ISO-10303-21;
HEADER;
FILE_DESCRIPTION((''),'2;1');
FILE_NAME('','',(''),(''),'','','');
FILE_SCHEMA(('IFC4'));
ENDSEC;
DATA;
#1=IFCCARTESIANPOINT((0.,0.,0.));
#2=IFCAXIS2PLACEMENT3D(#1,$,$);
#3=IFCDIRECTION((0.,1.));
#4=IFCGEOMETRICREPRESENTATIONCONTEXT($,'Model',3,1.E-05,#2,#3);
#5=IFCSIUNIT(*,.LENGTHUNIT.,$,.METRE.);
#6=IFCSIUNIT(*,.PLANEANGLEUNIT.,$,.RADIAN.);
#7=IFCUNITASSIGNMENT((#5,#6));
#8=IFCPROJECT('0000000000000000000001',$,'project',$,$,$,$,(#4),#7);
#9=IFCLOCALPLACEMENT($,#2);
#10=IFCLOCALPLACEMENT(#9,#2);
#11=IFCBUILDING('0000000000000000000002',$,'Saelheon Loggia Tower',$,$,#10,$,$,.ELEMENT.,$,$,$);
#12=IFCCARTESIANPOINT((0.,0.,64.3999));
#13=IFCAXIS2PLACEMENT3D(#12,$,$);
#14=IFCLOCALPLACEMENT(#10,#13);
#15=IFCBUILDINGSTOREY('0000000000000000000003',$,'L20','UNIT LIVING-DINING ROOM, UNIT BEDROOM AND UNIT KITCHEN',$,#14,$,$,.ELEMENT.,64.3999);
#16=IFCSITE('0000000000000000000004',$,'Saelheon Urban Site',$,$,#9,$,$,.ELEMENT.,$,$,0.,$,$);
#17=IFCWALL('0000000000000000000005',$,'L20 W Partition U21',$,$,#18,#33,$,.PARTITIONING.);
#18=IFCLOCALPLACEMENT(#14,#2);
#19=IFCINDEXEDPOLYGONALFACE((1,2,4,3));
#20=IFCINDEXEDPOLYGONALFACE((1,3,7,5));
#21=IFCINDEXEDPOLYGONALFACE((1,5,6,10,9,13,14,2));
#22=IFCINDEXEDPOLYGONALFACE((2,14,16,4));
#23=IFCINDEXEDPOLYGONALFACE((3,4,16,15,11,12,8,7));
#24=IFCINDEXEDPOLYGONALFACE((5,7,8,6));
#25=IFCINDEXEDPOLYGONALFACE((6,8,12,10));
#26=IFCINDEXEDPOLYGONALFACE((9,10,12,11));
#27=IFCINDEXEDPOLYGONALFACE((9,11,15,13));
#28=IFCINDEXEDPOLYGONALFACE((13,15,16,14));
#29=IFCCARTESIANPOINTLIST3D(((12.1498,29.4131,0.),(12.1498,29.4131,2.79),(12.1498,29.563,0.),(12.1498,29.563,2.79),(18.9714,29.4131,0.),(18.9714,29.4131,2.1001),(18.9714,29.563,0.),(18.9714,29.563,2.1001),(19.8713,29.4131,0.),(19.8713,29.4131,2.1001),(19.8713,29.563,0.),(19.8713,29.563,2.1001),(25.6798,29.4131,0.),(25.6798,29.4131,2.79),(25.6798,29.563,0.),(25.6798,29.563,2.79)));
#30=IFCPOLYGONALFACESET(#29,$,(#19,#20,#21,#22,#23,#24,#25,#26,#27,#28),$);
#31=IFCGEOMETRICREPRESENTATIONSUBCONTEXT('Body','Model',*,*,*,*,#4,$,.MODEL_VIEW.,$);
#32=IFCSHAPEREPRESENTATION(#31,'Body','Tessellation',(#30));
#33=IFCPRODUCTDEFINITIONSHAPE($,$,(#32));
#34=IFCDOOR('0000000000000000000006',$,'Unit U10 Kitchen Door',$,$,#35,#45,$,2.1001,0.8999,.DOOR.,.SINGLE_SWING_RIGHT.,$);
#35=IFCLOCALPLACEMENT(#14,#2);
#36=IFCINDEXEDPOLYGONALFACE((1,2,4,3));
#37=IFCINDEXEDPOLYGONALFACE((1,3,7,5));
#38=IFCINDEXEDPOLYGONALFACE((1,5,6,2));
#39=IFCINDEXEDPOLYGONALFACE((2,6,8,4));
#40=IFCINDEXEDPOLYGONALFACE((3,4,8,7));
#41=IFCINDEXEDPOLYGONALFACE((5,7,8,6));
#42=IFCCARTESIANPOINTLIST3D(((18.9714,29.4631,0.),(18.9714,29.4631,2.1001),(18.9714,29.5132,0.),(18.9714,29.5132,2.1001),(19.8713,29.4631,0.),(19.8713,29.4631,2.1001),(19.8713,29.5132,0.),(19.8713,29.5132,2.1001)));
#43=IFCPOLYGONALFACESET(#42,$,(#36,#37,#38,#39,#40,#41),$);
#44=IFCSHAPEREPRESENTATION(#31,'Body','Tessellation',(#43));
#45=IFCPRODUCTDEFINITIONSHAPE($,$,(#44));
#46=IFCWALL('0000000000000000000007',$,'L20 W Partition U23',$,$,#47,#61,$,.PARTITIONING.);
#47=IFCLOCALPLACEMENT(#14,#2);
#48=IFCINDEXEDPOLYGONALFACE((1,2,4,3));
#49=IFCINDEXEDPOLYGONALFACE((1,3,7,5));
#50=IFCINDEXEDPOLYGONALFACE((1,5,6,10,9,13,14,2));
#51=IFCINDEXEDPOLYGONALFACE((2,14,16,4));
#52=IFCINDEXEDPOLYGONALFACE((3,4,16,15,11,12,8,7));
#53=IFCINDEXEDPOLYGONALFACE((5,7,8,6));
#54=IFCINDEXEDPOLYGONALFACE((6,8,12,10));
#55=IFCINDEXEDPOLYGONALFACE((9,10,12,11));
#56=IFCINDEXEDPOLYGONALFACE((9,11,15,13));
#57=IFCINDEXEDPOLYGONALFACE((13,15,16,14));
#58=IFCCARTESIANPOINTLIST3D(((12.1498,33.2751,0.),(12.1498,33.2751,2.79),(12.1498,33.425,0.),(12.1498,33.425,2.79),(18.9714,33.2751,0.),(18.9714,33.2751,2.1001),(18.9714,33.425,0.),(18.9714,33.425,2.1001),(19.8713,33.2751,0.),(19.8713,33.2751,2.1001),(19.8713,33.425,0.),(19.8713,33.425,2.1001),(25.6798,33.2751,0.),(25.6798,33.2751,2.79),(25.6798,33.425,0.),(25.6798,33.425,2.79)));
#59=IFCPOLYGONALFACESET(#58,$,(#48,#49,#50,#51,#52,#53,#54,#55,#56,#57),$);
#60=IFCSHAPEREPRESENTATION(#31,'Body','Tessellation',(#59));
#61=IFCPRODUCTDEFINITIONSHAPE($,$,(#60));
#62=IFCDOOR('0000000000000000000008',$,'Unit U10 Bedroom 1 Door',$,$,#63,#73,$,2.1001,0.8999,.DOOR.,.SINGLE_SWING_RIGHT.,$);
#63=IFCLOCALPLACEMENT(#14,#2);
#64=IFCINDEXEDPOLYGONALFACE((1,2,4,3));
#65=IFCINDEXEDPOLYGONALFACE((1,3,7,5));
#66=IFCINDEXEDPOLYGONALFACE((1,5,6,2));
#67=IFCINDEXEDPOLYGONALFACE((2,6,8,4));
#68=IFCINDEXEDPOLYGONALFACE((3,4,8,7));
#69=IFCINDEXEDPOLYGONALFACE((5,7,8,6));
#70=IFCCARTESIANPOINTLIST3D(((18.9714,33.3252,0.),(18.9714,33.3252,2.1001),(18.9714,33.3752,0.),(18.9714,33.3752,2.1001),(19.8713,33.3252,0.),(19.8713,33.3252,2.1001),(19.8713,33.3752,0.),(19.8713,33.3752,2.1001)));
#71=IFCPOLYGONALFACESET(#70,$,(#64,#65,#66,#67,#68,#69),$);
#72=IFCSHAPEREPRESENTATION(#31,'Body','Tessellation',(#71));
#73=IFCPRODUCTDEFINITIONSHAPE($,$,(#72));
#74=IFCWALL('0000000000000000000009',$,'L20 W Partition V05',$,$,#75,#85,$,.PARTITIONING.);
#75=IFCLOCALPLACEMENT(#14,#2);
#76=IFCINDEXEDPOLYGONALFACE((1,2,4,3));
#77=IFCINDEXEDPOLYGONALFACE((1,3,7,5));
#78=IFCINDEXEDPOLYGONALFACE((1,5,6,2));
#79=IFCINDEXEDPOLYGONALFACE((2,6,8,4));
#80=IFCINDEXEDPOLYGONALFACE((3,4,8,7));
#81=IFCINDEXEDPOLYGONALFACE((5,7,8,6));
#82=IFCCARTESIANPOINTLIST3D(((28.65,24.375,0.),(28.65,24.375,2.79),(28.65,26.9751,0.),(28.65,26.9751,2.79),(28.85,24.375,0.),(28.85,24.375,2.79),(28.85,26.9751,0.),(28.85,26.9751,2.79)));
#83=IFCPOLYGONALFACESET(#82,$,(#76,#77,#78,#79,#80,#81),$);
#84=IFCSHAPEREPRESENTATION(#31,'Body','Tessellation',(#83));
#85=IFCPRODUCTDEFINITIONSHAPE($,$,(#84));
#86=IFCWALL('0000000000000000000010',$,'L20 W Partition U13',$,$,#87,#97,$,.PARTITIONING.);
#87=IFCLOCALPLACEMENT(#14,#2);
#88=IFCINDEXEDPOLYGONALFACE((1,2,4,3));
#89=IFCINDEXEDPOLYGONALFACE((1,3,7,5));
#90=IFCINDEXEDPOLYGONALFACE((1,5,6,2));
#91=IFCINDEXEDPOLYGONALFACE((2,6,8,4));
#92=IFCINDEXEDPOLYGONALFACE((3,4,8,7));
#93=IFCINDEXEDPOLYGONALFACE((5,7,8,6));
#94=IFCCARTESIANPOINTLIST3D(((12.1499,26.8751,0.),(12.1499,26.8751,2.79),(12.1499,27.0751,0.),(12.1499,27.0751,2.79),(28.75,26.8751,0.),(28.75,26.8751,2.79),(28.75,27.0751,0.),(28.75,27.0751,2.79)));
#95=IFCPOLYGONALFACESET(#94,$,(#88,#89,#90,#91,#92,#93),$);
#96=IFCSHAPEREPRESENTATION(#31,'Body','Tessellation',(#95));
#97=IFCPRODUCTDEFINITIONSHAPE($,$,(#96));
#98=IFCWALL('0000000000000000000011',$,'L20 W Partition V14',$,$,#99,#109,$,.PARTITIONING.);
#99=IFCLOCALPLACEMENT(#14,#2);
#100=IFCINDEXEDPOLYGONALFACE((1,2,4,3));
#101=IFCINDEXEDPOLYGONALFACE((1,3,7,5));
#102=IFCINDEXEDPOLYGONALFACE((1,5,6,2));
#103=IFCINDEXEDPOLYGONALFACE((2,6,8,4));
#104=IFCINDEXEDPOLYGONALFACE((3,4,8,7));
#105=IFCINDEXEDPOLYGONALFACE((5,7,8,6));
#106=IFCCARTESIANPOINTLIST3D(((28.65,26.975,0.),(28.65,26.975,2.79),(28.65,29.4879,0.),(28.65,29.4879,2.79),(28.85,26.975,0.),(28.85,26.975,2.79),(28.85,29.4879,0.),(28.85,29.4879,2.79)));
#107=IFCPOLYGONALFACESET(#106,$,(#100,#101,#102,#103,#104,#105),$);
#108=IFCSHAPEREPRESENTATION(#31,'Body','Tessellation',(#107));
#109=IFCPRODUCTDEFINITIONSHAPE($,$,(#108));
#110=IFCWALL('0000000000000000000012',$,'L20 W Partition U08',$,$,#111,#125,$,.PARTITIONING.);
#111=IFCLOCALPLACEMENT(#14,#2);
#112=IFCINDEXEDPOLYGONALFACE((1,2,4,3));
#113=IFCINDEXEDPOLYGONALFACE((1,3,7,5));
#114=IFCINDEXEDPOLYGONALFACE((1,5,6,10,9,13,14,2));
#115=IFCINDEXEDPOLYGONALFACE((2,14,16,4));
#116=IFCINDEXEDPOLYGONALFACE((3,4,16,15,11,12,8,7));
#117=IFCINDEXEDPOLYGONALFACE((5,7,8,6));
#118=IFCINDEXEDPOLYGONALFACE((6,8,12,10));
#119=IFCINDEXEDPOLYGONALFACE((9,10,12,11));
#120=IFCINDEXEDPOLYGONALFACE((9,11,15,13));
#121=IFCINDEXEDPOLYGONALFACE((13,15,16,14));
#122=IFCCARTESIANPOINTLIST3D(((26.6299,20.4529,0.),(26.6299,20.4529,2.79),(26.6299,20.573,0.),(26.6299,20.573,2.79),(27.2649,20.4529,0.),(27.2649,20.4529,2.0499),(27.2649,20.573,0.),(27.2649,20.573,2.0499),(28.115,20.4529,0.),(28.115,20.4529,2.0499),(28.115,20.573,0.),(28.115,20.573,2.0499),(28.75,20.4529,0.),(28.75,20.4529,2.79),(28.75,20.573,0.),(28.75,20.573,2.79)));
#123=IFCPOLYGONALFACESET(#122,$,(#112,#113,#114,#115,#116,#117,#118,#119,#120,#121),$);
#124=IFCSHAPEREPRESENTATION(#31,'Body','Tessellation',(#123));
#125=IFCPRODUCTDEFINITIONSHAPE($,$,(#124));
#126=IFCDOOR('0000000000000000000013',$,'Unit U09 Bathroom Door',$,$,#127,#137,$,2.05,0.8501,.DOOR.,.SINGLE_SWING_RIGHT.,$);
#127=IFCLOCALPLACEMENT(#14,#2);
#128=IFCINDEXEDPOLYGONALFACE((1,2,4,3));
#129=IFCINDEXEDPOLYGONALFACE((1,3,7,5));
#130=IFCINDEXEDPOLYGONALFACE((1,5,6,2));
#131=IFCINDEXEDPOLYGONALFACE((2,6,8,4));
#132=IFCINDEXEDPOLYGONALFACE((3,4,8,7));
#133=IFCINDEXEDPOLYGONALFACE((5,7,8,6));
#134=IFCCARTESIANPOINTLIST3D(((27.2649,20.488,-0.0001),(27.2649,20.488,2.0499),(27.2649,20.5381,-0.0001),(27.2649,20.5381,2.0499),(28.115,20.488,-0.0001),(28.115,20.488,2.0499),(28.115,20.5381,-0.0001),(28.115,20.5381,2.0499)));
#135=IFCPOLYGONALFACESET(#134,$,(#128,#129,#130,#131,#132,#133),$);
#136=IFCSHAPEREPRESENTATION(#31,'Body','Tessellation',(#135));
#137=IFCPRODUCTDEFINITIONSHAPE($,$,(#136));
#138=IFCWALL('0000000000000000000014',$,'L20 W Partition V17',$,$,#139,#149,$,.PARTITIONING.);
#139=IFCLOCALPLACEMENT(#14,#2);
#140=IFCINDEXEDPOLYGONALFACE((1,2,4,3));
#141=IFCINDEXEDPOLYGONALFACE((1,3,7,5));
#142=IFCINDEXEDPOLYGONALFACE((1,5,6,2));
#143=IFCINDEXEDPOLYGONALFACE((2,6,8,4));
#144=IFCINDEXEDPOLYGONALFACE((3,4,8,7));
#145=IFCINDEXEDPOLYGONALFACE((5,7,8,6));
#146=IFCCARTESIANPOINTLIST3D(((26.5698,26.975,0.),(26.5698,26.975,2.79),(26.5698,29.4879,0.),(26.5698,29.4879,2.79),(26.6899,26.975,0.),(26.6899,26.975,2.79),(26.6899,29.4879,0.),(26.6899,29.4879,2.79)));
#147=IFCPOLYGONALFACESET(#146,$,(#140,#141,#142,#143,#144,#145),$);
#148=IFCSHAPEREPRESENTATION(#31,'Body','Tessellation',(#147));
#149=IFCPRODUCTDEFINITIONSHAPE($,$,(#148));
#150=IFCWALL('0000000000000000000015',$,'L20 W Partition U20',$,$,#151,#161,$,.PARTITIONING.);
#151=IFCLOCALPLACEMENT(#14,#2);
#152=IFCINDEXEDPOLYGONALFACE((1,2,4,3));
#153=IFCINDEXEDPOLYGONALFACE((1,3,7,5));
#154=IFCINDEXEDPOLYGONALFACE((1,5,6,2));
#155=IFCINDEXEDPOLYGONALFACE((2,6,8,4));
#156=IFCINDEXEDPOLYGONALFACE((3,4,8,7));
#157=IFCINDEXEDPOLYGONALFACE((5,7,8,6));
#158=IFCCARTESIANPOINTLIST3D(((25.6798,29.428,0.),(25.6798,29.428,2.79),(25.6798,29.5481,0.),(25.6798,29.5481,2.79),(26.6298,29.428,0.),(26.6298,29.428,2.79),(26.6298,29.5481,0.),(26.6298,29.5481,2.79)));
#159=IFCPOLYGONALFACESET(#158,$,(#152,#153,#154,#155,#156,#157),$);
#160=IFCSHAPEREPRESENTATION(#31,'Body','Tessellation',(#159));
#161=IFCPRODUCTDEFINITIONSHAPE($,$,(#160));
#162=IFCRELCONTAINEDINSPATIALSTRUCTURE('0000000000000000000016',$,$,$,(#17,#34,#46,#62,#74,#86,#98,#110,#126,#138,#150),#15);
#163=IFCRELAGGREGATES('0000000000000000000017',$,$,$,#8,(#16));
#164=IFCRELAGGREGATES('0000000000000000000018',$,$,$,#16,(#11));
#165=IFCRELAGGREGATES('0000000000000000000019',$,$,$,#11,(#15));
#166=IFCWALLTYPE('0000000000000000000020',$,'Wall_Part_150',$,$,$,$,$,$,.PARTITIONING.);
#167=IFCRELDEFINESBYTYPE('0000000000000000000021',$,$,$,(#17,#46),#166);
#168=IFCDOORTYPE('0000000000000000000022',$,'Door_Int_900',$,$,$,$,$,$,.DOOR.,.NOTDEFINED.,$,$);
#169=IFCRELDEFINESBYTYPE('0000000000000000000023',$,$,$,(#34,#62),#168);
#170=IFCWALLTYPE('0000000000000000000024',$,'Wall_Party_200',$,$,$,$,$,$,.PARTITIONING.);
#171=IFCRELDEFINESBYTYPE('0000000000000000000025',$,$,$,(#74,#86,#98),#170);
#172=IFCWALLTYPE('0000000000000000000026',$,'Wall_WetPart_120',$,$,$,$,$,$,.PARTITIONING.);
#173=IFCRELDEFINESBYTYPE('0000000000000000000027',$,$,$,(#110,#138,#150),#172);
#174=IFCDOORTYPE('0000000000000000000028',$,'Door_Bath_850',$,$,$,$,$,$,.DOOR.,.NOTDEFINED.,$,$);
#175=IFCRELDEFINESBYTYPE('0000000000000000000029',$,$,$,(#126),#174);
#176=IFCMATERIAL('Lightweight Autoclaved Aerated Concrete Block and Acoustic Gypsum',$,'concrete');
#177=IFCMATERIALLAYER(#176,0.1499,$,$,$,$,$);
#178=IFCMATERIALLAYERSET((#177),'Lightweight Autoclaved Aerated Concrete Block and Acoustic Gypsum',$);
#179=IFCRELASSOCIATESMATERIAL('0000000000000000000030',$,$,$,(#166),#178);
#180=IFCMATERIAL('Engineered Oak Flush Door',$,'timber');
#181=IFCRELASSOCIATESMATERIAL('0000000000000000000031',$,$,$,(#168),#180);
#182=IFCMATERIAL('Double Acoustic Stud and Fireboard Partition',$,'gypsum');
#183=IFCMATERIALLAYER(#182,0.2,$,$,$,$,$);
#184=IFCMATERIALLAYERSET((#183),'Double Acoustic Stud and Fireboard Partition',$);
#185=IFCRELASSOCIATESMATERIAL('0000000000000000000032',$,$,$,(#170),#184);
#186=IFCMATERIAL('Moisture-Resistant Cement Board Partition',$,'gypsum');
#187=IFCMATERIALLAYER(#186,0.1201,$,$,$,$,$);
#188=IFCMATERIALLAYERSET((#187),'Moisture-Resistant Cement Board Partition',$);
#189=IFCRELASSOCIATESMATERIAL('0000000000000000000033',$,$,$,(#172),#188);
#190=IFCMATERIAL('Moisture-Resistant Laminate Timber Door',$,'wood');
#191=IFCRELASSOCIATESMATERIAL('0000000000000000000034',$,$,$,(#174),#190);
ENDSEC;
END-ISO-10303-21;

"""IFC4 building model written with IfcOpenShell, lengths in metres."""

from ifc_helpers import new_model, si_unit, direction, frame, frame_2d, origin, place, context, subcontext, project, spatial, rectangle, extrude, source, transform, mapped, material, layer, layer_set, type_object, element, fill, save


model = new_model("IFC4")

# Units and contexts
model_context = context("Model", 3, precision=1e-05, world=origin(), true_north=direction((0.0, 1.0)))
body_context = subcontext(model_context, "Body", "Model", "MODEL_VIEW")
ifc_project = project(units=[si_unit("LENGTHUNIT", "METRE"), si_unit("PLANEANGLEUNIT", "RADIAN")], contexts=[model_context])

# Site, building, storey
site_placement = place(None, origin())
site = spatial("IfcSite", under=ifc_project, at=site_placement, Name="Saelheon Urban Site", CompositionType="ELEMENT", RefElevation=0.0)
building_placement = place(site_placement, origin())
building = spatial("IfcBuilding", under=site, at=building_placement, Name="Saelheon Loggia Tower", CompositionType="ELEMENT")
storey_placement = place(building_placement, frame((0.0, 0.0, 64.3999)))
storey = spatial("IfcBuildingStorey", under=building, at=storey_placement, Name="L20", Description="UNIT LIVING-DINING ROOM, UNIT BEDROOM AND UNIT KITCHEN", CompositionType="ELEMENT", Elevation=64.3999)

# Shared definitions
ifc_material_1 = material(Name="Lightweight Autoclaved Aerated Concrete Block and Acoustic Gypsum", Category="concrete")
ifc_layer_1 = layer(ifc_material_1, 0.1499)
ifc_layer_set_1 = layer_set([ifc_layer_1], Name="Lightweight Autoclaved Aerated Concrete Block and Acoustic Gypsum")
wall_type_1 = type_object("IfcWallType", Name="Wall_Part_150", PredefinedType="PARTITIONING", material=ifc_layer_set_1)

# Shared definitions
ifc_material_2 = material(Name="Engineered Oak Flush Door", Category="timber")
door_type_1 = type_object("IfcDoorType", Name="Door_Int_900", OperationType="NOTDEFINED", PredefinedType="DOOR", material=ifc_material_2)
shared_shape_1 = source(origin(), body_context, "Body", "SweptSolid", [
    extrude(rectangle(XDim=0.8999, YDim=2.1001, at=frame_2d((0.45, 1.05))), frame((0.0, 0.0249, 0.0), z_axis=(0.0, -1.0, 0.0), x_axis=(1.0, 0.0, 0.0)), (0.0, 0.0, 1.0), 0.05),
])

# Walls, openings, doors
wall_1_placement = place(storey_placement, frame((25.6799, 29.488, 0.0), z_axis=(0.0, 0.0, 1.0), x_axis=(-1.0, 0.0, 0.0)))
wall_1 = element("IfcWall", 1, at=wall_1_placement, inside=storey, type_object=wall_type_1, Name="L20 W Partition U21", PredefinedType="PARTITIONING", context=body_context, shape_type="SweptSolid", body=[
    extrude(rectangle(XDim=13.53, YDim=0.1499, at=frame_2d((6.7651, 0.0))), origin(), (0.0, 0.0, 1.0), 2.79),
])
opening_1_placement = place(wall_1_placement, frame((5.8086, 0.0, 0.0)))
opening_1 = element("IfcOpeningElement", 2, at=opening_1_placement, cuts=wall_1, PredefinedType="OPENING", context=body_context, shape_type="SweptSolid", body=[
    extrude(rectangle(XDim=0.8999, YDim=2.1001, at=frame_2d((0.45, 1.05))), frame((0.0, 0.0869, 0.0), z_axis=(0.0, -1.0, 0.0), x_axis=(1.0, 0.0, 0.0)), (0.0, 0.0, 1.0), 0.1738),
])
door_1_placement = place(opening_1_placement, origin())
door_1 = element("IfcDoor", 3, at=door_1_placement, inside=storey, type_object=door_type_1, Name="Unit U10 Kitchen Door", OperationType="SINGLE_SWING_RIGHT", OverallHeight=2.1001, OverallWidth=0.8999, PredefinedType="DOOR", context=body_context, shape_type="MappedRepresentation", body=[
    mapped(shared_shape_1, transform((0.0, 0.0, 0.0), scale=1.0)),
])
fill(opening_1, door_1)
wall_2_placement = place(storey_placement, frame((25.6799, 33.3501, 0.0), z_axis=(0.0, 0.0, 1.0), x_axis=(-1.0, 0.0, 0.0)))
wall_2 = element("IfcWall", 4, at=wall_2_placement, inside=storey, type_object=wall_type_1, Name="L20 W Partition U23", PredefinedType="PARTITIONING", context=body_context, shape_type="SweptSolid", body=[
    extrude(rectangle(XDim=13.53, YDim=0.1499, at=frame_2d((6.7651, 0.0))), origin(), (0.0, 0.0, 1.0), 2.79),
])
opening_2_placement = place(wall_2_placement, frame((5.8086, 0.0, 0.0)))
opening_2 = element("IfcOpeningElement", 5, at=opening_2_placement, cuts=wall_2, PredefinedType="OPENING", context=body_context, shape_type="SweptSolid", body=[
    extrude(rectangle(XDim=0.8999, YDim=2.1001, at=frame_2d((0.45, 1.05))), frame((0.0, 0.0869, 0.0), z_axis=(0.0, -1.0, 0.0), x_axis=(1.0, 0.0, 0.0)), (0.0, 0.0, 1.0), 0.1738),
])
door_2_placement = place(opening_2_placement, origin())
door_2 = element("IfcDoor", 6, at=door_2_placement, inside=storey, type_object=door_type_1, Name="Unit U10 Bedroom 1 Door", OperationType="SINGLE_SWING_RIGHT", OverallHeight=2.1001, OverallWidth=0.8999, PredefinedType="DOOR", context=body_context, shape_type="MappedRepresentation", body=[
    mapped(shared_shape_1, transform((0.0, 0.0, 0.0), scale=1.0)),
])
fill(opening_2, door_2)
ifc_material_3 = material(Name="Double Acoustic Stud and Fireboard Partition", Category="gypsum")
ifc_layer_2 = layer(ifc_material_3, 0.2)
ifc_layer_set_2 = layer_set([ifc_layer_2], Name="Double Acoustic Stud and Fireboard Partition")
wall_type_2 = type_object("IfcWallType", Name="Wall_Party_200", PredefinedType="PARTITIONING", material=ifc_layer_set_2)

# Walls
wall_3_placement = place(storey_placement, frame((28.75, 24.375, 0.0), z_axis=(0.0, 0.0, 1.0), x_axis=(0.0, 1.0, 0.0)))
element("IfcWall", 7, at=wall_3_placement, inside=storey, type_object=wall_type_2, Name="L20 W Partition V05", PredefinedType="PARTITIONING", context=body_context, shape_type="SweptSolid", body=[
    extrude(rectangle(XDim=2.6001, YDim=0.2, at=frame_2d((1.3, 0.0))), origin(), (0.0, 0.0, 1.0), 2.79),
])
wall_4_placement = place(storey_placement, frame((28.75, 26.9751, 0.0), z_axis=(0.0, 0.0, 1.0), x_axis=(-1.0, 0.0, 0.0)))
element("IfcWall", 8, at=wall_4_placement, inside=storey, type_object=wall_type_2, Name="L20 W Partition U13", PredefinedType="PARTITIONING", context=body_context, shape_type="SweptSolid", body=[
    extrude(rectangle(XDim=16.6001, YDim=0.2, at=frame_2d((8.3, 0.0))), origin(), (0.0, 0.0, 1.0), 2.79),
])
wall_5_placement = place(storey_placement, frame((28.75, 26.9751, 0.0), z_axis=(0.0, 0.0, 1.0), x_axis=(0.0, 1.0, 0.0)))
element("IfcWall", 9, at=wall_5_placement, inside=storey, type_object=wall_type_2, Name="L20 W Partition V14", PredefinedType="PARTITIONING", context=body_context, shape_type="SweptSolid", body=[
    extrude(rectangle(XDim=2.5129, YDim=0.2, at=frame_2d((1.2563, 0.0))), origin(), (0.0, 0.0, 1.0), 2.79),
])

# Wall, opening, door
ifc_material_4 = material(Name="Moisture-Resistant Cement Board Partition", Category="gypsum")
ifc_layer_3 = layer(ifc_material_4, 0.1201)
ifc_layer_set_3 = layer_set([ifc_layer_3], Name="Moisture-Resistant Cement Board Partition")
wall_type_3 = type_object("IfcWallType", Name="Wall_WetPart_120", PredefinedType="PARTITIONING", material=ifc_layer_set_3)
wall_6_placement = place(storey_placement, frame((28.75, 20.5129, 0.0), z_axis=(0.0, 0.0, 1.0), x_axis=(-1.0, 0.0, 0.0)))
wall_6 = element("IfcWall", 10, at=wall_6_placement, inside=storey, type_object=wall_type_3, Name="L20 W Partition U08", PredefinedType="PARTITIONING", context=body_context, shape_type="SweptSolid", body=[
    extrude(rectangle(XDim=2.1201, YDim=0.1201, at=frame_2d((1.0601, 0.0))), origin(), (0.0, 0.0, 1.0), 2.79),
])
opening_3_placement = place(wall_6_placement, frame((0.635, 0.0, 0.0)))
opening_3 = element("IfcOpeningElement", 11, at=opening_3_placement, cuts=wall_6, PredefinedType="OPENING", context=body_context, shape_type="SweptSolid", body=[
    extrude(rectangle(XDim=0.8501, YDim=2.05, at=frame_2d((0.425, 1.0249))), frame((0.0, 0.072, 0.0), z_axis=(0.0, -1.0, 0.0), x_axis=(1.0, 0.0, 0.0)), (0.0, 0.0, 1.0), 0.144),
])
ifc_material_5 = material(Name="Moisture-Resistant Laminate Timber Door", Category="wood")
door_type_2 = type_object("IfcDoorType", Name="Door_Bath_850", OperationType="NOTDEFINED", PredefinedType="DOOR", material=ifc_material_5)
shared_shape_2 = source(origin(), body_context, "Body", "SweptSolid", [
    extrude(rectangle(XDim=0.8501, YDim=2.05, at=frame_2d((0.425, 1.0249))), frame((0.0, 0.0249, 0.0), z_axis=(0.0, -1.0, 0.0), x_axis=(1.0, 0.0, 0.0)), (0.0, 0.0, 1.0), 0.05),
])
door_3_placement = place(opening_3_placement, origin())
door_3 = element("IfcDoor", 12, at=door_3_placement, inside=storey, type_object=door_type_2, Name="Unit U09 Bathroom Door", OperationType="SINGLE_SWING_RIGHT", OverallHeight=2.05, OverallWidth=0.8501, PredefinedType="DOOR", context=body_context, shape_type="MappedRepresentation", body=[
    mapped(shared_shape_2, transform((0.0, 0.0, 0.0), scale=1.0)),
])
fill(opening_3, door_3)

# Walls
wall_7_placement = place(storey_placement, frame((26.6299, 26.9751, 0.0), z_axis=(0.0, 0.0, 1.0), x_axis=(0.0, 1.0, 0.0)))
element("IfcWall", 13, at=wall_7_placement, inside=storey, type_object=wall_type_3, Name="L20 W Partition V17", PredefinedType="PARTITIONING", context=body_context, shape_type="SweptSolid", body=[
    extrude(rectangle(XDim=2.5129, YDim=0.1201, at=frame_2d((1.2563, 0.0))), origin(), (0.0, 0.0, 1.0), 2.79),
])
wall_8_placement = place(storey_placement, frame((26.6299, 29.488, 0.0), z_axis=(0.0, 0.0, 1.0), x_axis=(-1.0, 0.0, 0.0)))
element("IfcWall", 14, at=wall_8_placement, inside=storey, type_object=wall_type_3, Name="L20 W Partition U20", PredefinedType="PARTITIONING", context=body_context, shape_type="SweptSolid", body=[
    extrude(rectangle(XDim=0.95, YDim=0.1201, at=frame_2d((0.4751, 0.0))), origin(), (0.0, 0.0, 1.0), 2.79),
])

save(model, "model.ifc")
